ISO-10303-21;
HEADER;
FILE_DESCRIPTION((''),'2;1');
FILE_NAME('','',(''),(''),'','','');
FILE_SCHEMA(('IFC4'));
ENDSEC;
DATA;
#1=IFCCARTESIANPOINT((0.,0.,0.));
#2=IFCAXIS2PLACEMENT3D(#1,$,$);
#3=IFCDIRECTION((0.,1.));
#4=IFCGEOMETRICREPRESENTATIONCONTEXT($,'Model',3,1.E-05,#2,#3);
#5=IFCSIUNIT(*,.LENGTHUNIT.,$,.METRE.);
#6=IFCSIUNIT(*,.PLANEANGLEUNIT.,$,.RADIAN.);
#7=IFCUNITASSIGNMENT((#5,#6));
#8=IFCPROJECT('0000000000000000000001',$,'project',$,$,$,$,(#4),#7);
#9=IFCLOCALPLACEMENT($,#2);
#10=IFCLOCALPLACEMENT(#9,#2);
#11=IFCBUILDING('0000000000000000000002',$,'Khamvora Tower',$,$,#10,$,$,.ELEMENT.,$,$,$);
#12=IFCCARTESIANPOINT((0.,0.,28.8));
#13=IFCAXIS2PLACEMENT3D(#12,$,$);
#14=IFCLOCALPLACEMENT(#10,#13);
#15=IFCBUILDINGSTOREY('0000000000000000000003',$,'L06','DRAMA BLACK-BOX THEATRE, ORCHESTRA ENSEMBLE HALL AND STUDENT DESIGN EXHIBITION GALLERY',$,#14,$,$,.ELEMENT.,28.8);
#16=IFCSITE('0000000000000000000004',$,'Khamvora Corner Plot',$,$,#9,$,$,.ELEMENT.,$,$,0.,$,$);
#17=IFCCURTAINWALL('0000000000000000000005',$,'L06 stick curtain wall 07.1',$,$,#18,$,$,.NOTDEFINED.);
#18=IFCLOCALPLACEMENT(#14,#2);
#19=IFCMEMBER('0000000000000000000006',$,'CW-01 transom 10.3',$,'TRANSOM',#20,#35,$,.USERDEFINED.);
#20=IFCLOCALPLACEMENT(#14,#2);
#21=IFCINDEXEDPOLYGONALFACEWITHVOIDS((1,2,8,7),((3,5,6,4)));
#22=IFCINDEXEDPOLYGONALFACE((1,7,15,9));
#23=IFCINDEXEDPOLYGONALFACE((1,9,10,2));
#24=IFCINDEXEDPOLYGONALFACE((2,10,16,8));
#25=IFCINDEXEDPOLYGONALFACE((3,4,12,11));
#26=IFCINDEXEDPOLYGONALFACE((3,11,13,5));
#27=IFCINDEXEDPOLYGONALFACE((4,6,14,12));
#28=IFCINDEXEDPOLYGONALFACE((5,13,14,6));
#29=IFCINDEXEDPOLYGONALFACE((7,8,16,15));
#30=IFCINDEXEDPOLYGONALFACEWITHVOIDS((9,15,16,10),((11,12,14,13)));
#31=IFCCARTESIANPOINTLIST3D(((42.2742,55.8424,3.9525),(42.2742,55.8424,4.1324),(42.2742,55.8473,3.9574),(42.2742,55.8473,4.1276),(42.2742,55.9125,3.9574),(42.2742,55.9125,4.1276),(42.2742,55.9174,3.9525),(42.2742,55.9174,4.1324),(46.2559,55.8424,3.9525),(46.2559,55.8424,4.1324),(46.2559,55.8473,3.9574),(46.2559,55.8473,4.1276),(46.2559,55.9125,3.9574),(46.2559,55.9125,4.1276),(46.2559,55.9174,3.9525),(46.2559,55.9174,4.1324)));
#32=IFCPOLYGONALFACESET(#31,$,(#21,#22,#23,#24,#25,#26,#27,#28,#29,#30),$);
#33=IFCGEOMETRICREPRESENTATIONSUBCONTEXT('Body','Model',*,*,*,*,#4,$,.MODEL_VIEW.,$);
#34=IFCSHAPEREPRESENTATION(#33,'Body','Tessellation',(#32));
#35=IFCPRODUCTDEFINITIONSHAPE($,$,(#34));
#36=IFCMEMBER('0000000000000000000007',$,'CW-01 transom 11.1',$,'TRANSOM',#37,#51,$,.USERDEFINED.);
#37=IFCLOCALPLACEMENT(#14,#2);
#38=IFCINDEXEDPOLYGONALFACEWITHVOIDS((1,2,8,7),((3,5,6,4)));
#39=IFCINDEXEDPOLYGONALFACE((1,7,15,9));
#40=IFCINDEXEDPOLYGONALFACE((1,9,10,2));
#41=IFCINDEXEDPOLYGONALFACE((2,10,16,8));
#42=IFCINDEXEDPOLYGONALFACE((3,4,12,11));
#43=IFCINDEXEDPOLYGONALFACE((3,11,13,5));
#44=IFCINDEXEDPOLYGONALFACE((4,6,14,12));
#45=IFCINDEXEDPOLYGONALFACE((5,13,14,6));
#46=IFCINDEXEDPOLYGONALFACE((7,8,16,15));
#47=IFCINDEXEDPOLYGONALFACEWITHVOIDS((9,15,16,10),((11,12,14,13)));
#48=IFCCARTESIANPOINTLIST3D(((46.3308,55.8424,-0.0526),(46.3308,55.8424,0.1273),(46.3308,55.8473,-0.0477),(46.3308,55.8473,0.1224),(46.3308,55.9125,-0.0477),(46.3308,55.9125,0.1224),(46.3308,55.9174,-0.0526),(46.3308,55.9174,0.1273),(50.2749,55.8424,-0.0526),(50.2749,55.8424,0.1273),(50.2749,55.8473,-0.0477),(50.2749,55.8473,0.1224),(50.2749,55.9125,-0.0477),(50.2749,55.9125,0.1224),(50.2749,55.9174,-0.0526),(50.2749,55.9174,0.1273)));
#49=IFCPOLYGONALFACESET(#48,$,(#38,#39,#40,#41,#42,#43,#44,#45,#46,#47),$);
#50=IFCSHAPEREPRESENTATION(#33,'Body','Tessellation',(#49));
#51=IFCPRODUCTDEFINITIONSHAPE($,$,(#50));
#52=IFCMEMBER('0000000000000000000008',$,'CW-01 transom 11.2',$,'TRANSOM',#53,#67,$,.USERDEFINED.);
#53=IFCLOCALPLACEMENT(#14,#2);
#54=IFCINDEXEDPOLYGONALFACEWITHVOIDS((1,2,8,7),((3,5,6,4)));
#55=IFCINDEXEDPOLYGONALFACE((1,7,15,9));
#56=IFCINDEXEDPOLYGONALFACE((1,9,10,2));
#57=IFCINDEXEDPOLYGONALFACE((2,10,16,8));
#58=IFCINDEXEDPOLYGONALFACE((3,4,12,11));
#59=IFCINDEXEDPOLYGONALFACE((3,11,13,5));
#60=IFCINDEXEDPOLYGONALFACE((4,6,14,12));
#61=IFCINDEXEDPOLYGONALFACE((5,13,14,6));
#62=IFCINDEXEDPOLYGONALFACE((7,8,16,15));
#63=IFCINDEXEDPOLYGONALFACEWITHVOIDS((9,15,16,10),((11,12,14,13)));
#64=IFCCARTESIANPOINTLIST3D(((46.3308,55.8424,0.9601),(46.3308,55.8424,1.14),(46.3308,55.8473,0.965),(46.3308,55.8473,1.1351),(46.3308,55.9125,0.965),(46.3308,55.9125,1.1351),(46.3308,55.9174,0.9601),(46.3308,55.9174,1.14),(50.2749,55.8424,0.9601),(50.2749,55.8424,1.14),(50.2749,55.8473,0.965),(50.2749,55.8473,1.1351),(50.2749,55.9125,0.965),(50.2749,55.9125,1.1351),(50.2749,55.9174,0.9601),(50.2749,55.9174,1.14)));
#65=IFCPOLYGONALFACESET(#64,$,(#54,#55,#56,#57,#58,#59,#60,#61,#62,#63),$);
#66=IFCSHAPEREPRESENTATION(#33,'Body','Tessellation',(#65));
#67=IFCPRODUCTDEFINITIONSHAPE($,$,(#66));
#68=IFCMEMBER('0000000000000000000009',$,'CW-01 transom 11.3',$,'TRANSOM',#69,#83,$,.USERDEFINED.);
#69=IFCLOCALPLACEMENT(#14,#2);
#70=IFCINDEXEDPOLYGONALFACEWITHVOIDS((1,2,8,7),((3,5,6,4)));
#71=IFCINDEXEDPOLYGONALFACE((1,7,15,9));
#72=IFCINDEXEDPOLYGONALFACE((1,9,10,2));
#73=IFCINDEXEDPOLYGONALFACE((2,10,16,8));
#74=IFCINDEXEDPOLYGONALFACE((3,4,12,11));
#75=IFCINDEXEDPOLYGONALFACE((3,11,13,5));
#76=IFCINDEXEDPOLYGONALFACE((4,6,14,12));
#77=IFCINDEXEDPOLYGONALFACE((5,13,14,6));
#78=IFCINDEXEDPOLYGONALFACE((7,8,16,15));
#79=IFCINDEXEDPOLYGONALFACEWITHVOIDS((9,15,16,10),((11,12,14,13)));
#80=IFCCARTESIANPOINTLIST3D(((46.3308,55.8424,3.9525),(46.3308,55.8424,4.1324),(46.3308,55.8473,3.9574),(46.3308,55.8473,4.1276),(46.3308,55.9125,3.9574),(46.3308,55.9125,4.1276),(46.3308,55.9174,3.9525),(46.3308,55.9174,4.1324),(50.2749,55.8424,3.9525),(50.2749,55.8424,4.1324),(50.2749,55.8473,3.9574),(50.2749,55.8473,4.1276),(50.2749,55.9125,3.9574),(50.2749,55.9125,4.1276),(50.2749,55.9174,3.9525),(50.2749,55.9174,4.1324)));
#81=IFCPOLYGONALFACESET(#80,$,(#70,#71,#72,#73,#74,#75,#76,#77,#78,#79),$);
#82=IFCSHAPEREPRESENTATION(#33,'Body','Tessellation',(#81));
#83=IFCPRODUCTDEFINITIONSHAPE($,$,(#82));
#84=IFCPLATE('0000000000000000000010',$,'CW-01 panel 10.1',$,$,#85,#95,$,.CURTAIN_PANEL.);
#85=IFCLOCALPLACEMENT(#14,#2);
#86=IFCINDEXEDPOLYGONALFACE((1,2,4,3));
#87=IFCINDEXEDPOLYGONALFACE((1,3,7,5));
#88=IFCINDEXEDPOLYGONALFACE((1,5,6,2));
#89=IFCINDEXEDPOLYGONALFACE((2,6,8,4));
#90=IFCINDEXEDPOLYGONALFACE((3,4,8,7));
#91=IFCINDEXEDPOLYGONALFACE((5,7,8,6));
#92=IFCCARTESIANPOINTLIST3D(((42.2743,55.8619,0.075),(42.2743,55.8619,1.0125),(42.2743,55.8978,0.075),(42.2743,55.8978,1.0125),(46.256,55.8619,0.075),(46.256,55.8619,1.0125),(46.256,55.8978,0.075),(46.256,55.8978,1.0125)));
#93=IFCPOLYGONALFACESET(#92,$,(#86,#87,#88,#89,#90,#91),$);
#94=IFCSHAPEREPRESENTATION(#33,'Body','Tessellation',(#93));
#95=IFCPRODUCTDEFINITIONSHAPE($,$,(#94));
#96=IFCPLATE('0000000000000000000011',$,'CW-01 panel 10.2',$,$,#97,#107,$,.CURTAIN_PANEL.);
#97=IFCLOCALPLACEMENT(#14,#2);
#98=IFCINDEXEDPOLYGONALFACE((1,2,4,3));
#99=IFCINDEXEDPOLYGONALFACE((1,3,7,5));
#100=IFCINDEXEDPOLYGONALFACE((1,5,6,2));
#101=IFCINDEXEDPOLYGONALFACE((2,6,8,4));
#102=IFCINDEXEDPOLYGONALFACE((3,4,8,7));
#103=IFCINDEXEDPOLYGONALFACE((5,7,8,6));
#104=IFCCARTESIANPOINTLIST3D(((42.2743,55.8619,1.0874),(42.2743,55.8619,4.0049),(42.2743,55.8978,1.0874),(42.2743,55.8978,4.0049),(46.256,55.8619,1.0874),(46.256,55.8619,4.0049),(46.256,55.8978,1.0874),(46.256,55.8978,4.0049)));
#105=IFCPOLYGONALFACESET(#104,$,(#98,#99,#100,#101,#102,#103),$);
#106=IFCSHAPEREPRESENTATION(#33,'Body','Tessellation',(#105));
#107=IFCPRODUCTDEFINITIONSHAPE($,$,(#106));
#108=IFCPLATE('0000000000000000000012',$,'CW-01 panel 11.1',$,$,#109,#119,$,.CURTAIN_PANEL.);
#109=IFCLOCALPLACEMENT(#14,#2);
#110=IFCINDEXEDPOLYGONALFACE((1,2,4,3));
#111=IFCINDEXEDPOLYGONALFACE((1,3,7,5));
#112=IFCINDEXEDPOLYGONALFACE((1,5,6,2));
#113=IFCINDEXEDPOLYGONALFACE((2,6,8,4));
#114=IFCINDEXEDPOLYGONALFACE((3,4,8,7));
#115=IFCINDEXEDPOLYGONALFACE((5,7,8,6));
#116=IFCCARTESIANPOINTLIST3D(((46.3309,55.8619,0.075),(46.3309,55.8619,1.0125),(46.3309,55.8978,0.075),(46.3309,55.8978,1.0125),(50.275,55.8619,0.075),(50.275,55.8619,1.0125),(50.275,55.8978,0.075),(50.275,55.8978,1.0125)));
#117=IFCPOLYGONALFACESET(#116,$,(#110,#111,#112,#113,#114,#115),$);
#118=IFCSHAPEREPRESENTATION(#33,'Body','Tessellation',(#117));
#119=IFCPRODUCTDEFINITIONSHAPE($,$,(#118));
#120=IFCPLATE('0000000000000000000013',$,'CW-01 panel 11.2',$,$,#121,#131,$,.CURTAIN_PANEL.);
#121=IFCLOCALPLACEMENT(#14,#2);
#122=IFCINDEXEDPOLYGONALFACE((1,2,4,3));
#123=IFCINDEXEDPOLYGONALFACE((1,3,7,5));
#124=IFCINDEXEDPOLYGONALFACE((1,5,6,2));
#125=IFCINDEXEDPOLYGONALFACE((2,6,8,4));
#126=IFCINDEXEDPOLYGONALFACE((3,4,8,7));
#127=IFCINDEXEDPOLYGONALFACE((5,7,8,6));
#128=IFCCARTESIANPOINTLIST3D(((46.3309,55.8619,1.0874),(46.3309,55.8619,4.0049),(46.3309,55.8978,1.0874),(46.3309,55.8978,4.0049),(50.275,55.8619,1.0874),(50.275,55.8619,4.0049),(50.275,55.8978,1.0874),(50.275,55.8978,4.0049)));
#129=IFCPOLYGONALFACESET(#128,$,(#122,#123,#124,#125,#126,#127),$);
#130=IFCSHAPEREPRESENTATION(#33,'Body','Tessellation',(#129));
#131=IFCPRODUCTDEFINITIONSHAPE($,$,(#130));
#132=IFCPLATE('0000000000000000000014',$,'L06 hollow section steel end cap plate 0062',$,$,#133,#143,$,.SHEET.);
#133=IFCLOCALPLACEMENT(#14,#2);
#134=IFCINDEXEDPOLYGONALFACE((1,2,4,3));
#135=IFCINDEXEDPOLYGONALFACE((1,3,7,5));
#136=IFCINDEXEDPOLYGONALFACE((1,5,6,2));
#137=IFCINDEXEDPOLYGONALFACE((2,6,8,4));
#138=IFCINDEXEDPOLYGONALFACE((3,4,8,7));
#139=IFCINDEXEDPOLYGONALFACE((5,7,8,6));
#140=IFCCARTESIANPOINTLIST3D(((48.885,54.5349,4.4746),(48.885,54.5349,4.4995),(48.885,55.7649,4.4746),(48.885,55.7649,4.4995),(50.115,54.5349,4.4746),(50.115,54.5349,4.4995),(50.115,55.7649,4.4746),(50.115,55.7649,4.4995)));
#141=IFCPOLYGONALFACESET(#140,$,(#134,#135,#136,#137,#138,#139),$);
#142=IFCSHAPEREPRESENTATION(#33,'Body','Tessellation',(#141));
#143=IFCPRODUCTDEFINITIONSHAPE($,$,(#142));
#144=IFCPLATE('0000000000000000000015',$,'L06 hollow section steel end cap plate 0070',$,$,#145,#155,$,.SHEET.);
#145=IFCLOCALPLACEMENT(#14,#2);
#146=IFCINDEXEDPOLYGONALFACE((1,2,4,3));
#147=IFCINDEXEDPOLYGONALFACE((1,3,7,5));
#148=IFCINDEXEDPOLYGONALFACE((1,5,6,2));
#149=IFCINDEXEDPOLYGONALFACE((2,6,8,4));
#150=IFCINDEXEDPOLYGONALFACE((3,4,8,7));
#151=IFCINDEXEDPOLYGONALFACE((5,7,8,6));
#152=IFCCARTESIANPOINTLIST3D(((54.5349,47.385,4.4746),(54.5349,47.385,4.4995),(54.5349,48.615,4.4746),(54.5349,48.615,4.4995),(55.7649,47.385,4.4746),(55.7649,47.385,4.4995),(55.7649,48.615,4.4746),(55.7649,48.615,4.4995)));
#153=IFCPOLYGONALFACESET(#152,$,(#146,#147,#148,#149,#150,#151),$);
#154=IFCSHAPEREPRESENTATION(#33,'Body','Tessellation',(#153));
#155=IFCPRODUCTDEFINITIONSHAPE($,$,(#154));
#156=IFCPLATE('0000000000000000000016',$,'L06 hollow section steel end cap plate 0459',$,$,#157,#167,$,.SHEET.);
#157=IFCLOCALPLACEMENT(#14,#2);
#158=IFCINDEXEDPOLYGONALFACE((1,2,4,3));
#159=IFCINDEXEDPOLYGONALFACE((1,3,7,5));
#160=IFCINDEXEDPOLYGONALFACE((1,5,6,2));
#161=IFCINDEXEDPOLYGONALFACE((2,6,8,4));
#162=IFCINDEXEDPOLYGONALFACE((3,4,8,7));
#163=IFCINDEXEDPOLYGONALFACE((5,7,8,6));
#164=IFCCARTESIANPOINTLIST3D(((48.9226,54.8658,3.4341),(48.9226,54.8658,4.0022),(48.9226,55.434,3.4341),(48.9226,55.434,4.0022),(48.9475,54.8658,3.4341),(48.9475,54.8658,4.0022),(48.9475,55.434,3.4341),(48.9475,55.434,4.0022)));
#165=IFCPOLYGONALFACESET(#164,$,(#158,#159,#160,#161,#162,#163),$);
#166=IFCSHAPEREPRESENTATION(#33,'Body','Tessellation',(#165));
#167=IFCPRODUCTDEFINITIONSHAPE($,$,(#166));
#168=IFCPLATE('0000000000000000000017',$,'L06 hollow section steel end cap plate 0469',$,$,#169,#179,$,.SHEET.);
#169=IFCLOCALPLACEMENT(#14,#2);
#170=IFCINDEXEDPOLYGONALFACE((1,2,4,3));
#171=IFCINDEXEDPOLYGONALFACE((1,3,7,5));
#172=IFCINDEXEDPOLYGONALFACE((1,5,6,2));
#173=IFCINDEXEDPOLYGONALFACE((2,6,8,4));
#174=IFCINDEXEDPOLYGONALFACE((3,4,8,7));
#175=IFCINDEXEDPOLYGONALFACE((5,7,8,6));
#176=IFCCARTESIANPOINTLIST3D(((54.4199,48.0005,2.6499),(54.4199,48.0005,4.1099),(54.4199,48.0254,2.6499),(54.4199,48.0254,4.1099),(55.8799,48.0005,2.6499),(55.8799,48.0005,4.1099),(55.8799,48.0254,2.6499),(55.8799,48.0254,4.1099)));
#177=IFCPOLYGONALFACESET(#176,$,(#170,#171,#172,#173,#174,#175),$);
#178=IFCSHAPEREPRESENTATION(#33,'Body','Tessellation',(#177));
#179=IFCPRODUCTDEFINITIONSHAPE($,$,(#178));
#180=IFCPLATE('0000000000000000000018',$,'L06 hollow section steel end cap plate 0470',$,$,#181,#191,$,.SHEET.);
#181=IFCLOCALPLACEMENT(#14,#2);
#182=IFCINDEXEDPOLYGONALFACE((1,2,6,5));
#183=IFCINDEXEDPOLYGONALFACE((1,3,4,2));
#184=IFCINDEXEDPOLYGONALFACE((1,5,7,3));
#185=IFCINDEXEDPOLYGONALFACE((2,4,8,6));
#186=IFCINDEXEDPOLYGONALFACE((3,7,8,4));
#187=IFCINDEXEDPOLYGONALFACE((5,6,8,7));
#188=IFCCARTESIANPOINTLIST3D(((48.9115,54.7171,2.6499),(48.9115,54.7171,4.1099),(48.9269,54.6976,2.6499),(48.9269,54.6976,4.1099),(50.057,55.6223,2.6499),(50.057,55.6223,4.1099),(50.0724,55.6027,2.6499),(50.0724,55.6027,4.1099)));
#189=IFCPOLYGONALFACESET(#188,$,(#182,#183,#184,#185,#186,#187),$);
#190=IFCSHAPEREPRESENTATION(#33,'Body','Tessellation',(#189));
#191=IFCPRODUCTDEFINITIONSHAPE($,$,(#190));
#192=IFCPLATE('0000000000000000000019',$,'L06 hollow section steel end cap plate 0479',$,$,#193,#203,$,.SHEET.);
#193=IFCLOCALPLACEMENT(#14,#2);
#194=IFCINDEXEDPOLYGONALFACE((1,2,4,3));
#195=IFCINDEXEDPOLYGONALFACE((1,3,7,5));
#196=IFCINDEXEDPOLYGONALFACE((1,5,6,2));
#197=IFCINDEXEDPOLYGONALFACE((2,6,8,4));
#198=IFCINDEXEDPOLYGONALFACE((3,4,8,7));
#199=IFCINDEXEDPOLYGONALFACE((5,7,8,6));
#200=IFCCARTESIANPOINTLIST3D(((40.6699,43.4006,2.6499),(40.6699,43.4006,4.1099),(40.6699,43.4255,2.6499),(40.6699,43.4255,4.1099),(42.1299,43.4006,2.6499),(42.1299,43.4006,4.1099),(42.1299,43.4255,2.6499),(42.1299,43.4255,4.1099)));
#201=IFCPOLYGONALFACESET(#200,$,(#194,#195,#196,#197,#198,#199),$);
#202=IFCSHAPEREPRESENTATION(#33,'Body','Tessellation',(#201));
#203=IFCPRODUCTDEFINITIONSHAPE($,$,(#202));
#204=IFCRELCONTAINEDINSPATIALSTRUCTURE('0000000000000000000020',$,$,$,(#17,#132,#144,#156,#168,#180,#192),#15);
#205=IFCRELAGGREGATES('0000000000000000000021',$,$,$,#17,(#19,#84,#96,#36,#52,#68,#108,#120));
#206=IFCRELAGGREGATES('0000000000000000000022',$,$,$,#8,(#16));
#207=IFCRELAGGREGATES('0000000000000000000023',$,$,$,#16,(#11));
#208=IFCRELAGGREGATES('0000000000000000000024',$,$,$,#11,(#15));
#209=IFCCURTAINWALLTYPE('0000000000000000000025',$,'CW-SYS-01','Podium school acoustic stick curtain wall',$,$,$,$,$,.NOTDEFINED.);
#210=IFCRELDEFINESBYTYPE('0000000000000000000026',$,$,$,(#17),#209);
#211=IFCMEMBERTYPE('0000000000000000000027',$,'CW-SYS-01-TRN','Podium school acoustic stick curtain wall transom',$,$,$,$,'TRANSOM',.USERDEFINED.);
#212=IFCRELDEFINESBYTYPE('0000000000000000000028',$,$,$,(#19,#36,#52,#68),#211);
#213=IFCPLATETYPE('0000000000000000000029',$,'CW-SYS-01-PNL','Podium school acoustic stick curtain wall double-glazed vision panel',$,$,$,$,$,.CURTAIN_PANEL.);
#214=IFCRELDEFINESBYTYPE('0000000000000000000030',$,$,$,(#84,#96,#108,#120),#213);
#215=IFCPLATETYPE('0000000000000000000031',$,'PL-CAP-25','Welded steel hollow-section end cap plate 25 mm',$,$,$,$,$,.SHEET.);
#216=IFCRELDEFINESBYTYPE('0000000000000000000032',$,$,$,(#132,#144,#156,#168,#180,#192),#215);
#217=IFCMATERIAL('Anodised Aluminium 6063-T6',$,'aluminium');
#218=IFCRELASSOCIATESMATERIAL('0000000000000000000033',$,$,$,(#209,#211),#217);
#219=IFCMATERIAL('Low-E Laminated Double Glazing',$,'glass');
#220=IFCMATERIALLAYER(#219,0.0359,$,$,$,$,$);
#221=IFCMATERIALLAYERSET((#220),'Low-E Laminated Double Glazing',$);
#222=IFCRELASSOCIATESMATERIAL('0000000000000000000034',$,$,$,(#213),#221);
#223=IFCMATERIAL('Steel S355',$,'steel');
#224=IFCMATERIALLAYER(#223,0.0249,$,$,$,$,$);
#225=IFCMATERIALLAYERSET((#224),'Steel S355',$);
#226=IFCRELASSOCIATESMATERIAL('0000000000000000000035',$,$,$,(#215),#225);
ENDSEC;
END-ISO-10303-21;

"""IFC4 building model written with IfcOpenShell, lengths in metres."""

from ifc_helpers import new_model, si_unit, direction, frame, origin, origin_2d, place, context, subcontext, project, spatial, rectangle, hollow_rectangle, extrude, material, layer, layer_set, material_profile, profile_set, type_object, element, aggregate, save


model = new_model("IFC4")

# Units and contexts
model_context = context("Model", 3, precision=1e-05, world=origin(), true_north=direction((0.0, 1.0)))
body_context = subcontext(model_context, "Body", "Model", "MODEL_VIEW")
ifc_project = project(units=[si_unit("LENGTHUNIT", "METRE"), si_unit("PLANEANGLEUNIT", "RADIAN")], contexts=[model_context])

# Site, building, storey
site_placement = place(None, origin())
site = spatial("IfcSite", under=ifc_project, at=site_placement, Name="Khamvora Corner Plot", CompositionType="ELEMENT", RefElevation=0.0)
building_placement = place(site_placement, origin())
building = spatial("IfcBuilding", under=site, at=building_placement, Name="Khamvora Tower", CompositionType="ELEMENT")
storey_placement = place(building_placement, frame((0.0, 0.0, 28.8)))
storey = spatial("IfcBuildingStorey", under=building, at=storey_placement, Name="L06", Description="DRAMA BLACK-BOX THEATRE, ORCHESTRA ENSEMBLE HALL AND STUDENT DESIGN EXHIBITION GALLERY", CompositionType="ELEMENT", Elevation=28.8)

# Curtain wall, members, plates
ifc_material_1 = material(Name="Anodised Aluminium 6063-T6", Category="aluminium")
curtain_wall_type = type_object("IfcCurtainWallType", Name="CW-SYS-01", Description="Podium school acoustic stick curtain wall", PredefinedType="NOTDEFINED", material=ifc_material_1)
curtain_wall_placement = place(storey_placement, origin())
curtain_wall = element("IfcCurtainWall", 1, at=curtain_wall_placement, inside=storey, type_object=curtain_wall_type, Name="L06 stick curtain wall 07.1", PredefinedType="NOTDEFINED")
ifc_material_profile_1 = material_profile(ifc_material_1, hollow_rectangle(XDim=0.075, YDim=0.1799, WallThickness=0.0049, at=origin_2d()), Name="TRN75x180x5")
ifc_profile_set_1 = profile_set([ifc_material_profile_1], Name="Anodised Aluminium 6063-T6")
member_type_1 = type_object("IfcMemberType", Name="CW-SYS-01-TRN", Description="Podium school acoustic stick curtain wall transom", ElementType="TRANSOM", PredefinedType="USERDEFINED", material=ifc_profile_set_1)
member_1_placement = place(storey_placement, frame((42.2742, 55.8799, 4.0425), z_axis=(1.0, 0.0, 0.0), x_axis=(0.0, 1.0, 0.0)))
member_1 = element("IfcMember", 2, at=member_1_placement, type_object=member_type_1, Name="CW-01 transom 10.3", ObjectType="TRANSOM", PredefinedType="USERDEFINED", context=body_context, shape_type="SweptSolid", body=[
    extrude(hollow_rectangle(XDim=0.075, YDim=0.1799, WallThickness=0.0049, at=origin_2d()), origin(), (0.0, 0.0, 1.0), 3.9817),
])
member_2_placement = place(storey_placement, frame((46.3308, 55.8799, 0.0374), z_axis=(1.0, 0.0, 0.0), x_axis=(0.0, 1.0, 0.0)))
member_2 = element("IfcMember", 3, at=member_2_placement, type_object=member_type_1, Name="CW-01 transom 11.1", ObjectType="TRANSOM", PredefinedType="USERDEFINED", context=body_context, shape_type="SweptSolid", body=[
    extrude(hollow_rectangle(XDim=0.075, YDim=0.1799, WallThickness=0.0049, at=origin_2d()), origin(), (0.0, 0.0, 1.0), 3.9441),
])
member_3_placement = place(storey_placement, frame((46.3308, 55.8799, 1.05), z_axis=(1.0, 0.0, 0.0), x_axis=(0.0, 1.0, 0.0)))
member_3 = element("IfcMember", 4, at=member_3_placement, type_object=member_type_1, Name="CW-01 transom 11.2", ObjectType="TRANSOM", PredefinedType="USERDEFINED", context=body_context, shape_type="SweptSolid", body=[
    extrude(hollow_rectangle(XDim=0.075, YDim=0.1799, WallThickness=0.0049, at=origin_2d()), origin(), (0.0, 0.0, 1.0), 3.9441),
])
member_4_placement = place(storey_placement, frame((46.3308, 55.8799, 4.0425), z_axis=(1.0, 0.0, 0.0), x_axis=(0.0, 1.0, 0.0)))
member_4 = element("IfcMember", 5, at=member_4_placement, type_object=member_type_1, Name="CW-01 transom 11.3", ObjectType="TRANSOM", PredefinedType="USERDEFINED", context=body_context, shape_type="SweptSolid", body=[
    extrude(hollow_rectangle(XDim=0.075, YDim=0.1799, WallThickness=0.0049, at=origin_2d()), origin(), (0.0, 0.0, 1.0), 3.9441),
])
ifc_material_2 = material(Name="Low-E Laminated Double Glazing", Category="glass")
ifc_layer_1 = layer(ifc_material_2, 0.0359)
ifc_layer_set_1 = layer_set([ifc_layer_1], Name="Low-E Laminated Double Glazing")
plate_type_1 = type_object("IfcPlateType", Name="CW-SYS-01-PNL", Description="Podium school acoustic stick curtain wall double-glazed vision panel", PredefinedType="CURTAIN_PANEL", material=ifc_layer_set_1)
plate_1_placement = place(storey_placement, frame((44.2651, 55.8799, 0.075), z_axis=(0.0, 0.0, 1.0), x_axis=(1.0, 0.0, 0.0)))
plate_1 = element("IfcPlate", 6, at=plate_1_placement, type_object=plate_type_1, Name="CW-01 panel 10.1", PredefinedType="CURTAIN_PANEL", context=body_context, shape_type="SweptSolid", body=[
    extrude(rectangle(XDim=3.9817, YDim=0.0359, at=origin_2d()), origin(), (0.0, 0.0, 1.0), 0.9375),
])
plate_2_placement = place(storey_placement, frame((44.2651, 55.8799, 1.0874), z_axis=(0.0, 0.0, 1.0), x_axis=(1.0, 0.0, 0.0)))
plate_2 = element("IfcPlate", 7, at=plate_2_placement, type_object=plate_type_1, Name="CW-01 panel 10.2", PredefinedType="CURTAIN_PANEL", context=body_context, shape_type="SweptSolid", body=[
    extrude(rectangle(XDim=3.9817, YDim=0.0359, at=origin_2d()), origin(), (0.0, 0.0, 1.0), 2.9175),
])
plate_3_placement = place(storey_placement, frame((48.303, 55.8799, 0.075), z_axis=(0.0, 0.0, 1.0), x_axis=(1.0, 0.0, 0.0)))
plate_3 = element("IfcPlate", 8, at=plate_3_placement, type_object=plate_type_1, Name="CW-01 panel 11.1", PredefinedType="CURTAIN_PANEL", context=body_context, shape_type="SweptSolid", body=[
    extrude(rectangle(XDim=3.9441, YDim=0.0359, at=origin_2d()), origin(), (0.0, 0.0, 1.0), 0.9375),
])
plate_4_placement = place(storey_placement, frame((48.303, 55.8799, 1.0874), z_axis=(0.0, 0.0, 1.0), x_axis=(1.0, 0.0, 0.0)))
plate_4 = element("IfcPlate", 9, at=plate_4_placement, type_object=plate_type_1, Name="CW-01 panel 11.2", PredefinedType="CURTAIN_PANEL", context=body_context, shape_type="SweptSolid", body=[
    extrude(rectangle(XDim=3.9441, YDim=0.0359, at=origin_2d()), origin(), (0.0, 0.0, 1.0), 2.9175),
])
aggregate(curtain_wall, [member_1, plate_1, plate_2, member_2, member_3, member_4, plate_3, plate_4])

# Plates
ifc_material_3 = material(Name="Steel S355", Category="steel")
ifc_layer_2 = layer(ifc_material_3, 0.0249)
ifc_layer_set_2 = layer_set([ifc_layer_2], Name="Steel S355")
plate_type_2 = type_object("IfcPlateType", Name="PL-CAP-25", Description="Welded steel hollow-section end cap plate 25 mm", PredefinedType="SHEET", material=ifc_layer_set_2)
for number, where, z_axis, x_axis, name in (
    (10, (49.5, 55.1499, 4.4746), (0.0, 0.0, 1.0), (1.0, 0.0, 0.0), "L06 hollow section steel end cap plate 0062"),
    (11, (55.1499, 48.0, 4.4746), (0.0, 0.0, 1.0), (1.0, 0.0, 0.0), "L06 hollow section steel end cap plate 0070"),
):
    element("IfcPlate", number, at=place(storey_placement, frame(where, z_axis=z_axis, x_axis=x_axis)), inside=storey, type_object=plate_type_2, Name=name, PredefinedType="SHEET", context=body_context, shape_type="SweptSolid", body=[
        extrude(rectangle(XDim=1.23, YDim=1.23, at=origin_2d()), origin(), (0.0, 0.0, 1.0), 0.0249),
    ])
plate_5_placement = place(storey_placement, frame((48.9351, 55.1499, 3.4341), z_axis=(0.0, 0.0, 1.0), x_axis=(1.0, 0.0, 0.0)))
element("IfcPlate", 12, at=plate_5_placement, inside=storey, type_object=plate_type_2, Name="L06 hollow section steel end cap plate 0459", PredefinedType="SHEET", context=body_context, shape_type="SweptSolid", body=[
    extrude(rectangle(XDim=0.0249, YDim=0.5681, at=origin_2d()), origin(), (0.0, 0.0, 1.0), 0.5681),
])
for number, where, z_axis, x_axis, name in (
    (13, (55.1499, 48.0129, 2.6499), (0.0, 0.0, 1.0), (0.0, 1.0, 0.0), "L06 hollow section steel end cap plate 0469"),
    (14, (49.4919, 55.1599, 2.6499), (0.0, 0.0, 1.0), (-0.619998, 0.784603, 0.0), "L06 hollow section steel end cap plate 0470"),
    (15, (41.3999, 43.4131, 2.6499), (0.0, 0.0, 1.0), (0.0, 1.0, 0.0), "L06 hollow section steel end cap plate 0479"),
):
    element("IfcPlate", number, at=place(storey_placement, frame(where, z_axis=z_axis, x_axis=x_axis)), inside=storey, type_object=plate_type_2, Name=name, PredefinedType="SHEET", context=body_context, shape_type="SweptSolid", body=[
        extrude(rectangle(XDim=0.0249, YDim=1.46, at=origin_2d()), origin(), (0.0, 0.0, 1.0), 1.46),
    ])

save(model, "model.ifc")
